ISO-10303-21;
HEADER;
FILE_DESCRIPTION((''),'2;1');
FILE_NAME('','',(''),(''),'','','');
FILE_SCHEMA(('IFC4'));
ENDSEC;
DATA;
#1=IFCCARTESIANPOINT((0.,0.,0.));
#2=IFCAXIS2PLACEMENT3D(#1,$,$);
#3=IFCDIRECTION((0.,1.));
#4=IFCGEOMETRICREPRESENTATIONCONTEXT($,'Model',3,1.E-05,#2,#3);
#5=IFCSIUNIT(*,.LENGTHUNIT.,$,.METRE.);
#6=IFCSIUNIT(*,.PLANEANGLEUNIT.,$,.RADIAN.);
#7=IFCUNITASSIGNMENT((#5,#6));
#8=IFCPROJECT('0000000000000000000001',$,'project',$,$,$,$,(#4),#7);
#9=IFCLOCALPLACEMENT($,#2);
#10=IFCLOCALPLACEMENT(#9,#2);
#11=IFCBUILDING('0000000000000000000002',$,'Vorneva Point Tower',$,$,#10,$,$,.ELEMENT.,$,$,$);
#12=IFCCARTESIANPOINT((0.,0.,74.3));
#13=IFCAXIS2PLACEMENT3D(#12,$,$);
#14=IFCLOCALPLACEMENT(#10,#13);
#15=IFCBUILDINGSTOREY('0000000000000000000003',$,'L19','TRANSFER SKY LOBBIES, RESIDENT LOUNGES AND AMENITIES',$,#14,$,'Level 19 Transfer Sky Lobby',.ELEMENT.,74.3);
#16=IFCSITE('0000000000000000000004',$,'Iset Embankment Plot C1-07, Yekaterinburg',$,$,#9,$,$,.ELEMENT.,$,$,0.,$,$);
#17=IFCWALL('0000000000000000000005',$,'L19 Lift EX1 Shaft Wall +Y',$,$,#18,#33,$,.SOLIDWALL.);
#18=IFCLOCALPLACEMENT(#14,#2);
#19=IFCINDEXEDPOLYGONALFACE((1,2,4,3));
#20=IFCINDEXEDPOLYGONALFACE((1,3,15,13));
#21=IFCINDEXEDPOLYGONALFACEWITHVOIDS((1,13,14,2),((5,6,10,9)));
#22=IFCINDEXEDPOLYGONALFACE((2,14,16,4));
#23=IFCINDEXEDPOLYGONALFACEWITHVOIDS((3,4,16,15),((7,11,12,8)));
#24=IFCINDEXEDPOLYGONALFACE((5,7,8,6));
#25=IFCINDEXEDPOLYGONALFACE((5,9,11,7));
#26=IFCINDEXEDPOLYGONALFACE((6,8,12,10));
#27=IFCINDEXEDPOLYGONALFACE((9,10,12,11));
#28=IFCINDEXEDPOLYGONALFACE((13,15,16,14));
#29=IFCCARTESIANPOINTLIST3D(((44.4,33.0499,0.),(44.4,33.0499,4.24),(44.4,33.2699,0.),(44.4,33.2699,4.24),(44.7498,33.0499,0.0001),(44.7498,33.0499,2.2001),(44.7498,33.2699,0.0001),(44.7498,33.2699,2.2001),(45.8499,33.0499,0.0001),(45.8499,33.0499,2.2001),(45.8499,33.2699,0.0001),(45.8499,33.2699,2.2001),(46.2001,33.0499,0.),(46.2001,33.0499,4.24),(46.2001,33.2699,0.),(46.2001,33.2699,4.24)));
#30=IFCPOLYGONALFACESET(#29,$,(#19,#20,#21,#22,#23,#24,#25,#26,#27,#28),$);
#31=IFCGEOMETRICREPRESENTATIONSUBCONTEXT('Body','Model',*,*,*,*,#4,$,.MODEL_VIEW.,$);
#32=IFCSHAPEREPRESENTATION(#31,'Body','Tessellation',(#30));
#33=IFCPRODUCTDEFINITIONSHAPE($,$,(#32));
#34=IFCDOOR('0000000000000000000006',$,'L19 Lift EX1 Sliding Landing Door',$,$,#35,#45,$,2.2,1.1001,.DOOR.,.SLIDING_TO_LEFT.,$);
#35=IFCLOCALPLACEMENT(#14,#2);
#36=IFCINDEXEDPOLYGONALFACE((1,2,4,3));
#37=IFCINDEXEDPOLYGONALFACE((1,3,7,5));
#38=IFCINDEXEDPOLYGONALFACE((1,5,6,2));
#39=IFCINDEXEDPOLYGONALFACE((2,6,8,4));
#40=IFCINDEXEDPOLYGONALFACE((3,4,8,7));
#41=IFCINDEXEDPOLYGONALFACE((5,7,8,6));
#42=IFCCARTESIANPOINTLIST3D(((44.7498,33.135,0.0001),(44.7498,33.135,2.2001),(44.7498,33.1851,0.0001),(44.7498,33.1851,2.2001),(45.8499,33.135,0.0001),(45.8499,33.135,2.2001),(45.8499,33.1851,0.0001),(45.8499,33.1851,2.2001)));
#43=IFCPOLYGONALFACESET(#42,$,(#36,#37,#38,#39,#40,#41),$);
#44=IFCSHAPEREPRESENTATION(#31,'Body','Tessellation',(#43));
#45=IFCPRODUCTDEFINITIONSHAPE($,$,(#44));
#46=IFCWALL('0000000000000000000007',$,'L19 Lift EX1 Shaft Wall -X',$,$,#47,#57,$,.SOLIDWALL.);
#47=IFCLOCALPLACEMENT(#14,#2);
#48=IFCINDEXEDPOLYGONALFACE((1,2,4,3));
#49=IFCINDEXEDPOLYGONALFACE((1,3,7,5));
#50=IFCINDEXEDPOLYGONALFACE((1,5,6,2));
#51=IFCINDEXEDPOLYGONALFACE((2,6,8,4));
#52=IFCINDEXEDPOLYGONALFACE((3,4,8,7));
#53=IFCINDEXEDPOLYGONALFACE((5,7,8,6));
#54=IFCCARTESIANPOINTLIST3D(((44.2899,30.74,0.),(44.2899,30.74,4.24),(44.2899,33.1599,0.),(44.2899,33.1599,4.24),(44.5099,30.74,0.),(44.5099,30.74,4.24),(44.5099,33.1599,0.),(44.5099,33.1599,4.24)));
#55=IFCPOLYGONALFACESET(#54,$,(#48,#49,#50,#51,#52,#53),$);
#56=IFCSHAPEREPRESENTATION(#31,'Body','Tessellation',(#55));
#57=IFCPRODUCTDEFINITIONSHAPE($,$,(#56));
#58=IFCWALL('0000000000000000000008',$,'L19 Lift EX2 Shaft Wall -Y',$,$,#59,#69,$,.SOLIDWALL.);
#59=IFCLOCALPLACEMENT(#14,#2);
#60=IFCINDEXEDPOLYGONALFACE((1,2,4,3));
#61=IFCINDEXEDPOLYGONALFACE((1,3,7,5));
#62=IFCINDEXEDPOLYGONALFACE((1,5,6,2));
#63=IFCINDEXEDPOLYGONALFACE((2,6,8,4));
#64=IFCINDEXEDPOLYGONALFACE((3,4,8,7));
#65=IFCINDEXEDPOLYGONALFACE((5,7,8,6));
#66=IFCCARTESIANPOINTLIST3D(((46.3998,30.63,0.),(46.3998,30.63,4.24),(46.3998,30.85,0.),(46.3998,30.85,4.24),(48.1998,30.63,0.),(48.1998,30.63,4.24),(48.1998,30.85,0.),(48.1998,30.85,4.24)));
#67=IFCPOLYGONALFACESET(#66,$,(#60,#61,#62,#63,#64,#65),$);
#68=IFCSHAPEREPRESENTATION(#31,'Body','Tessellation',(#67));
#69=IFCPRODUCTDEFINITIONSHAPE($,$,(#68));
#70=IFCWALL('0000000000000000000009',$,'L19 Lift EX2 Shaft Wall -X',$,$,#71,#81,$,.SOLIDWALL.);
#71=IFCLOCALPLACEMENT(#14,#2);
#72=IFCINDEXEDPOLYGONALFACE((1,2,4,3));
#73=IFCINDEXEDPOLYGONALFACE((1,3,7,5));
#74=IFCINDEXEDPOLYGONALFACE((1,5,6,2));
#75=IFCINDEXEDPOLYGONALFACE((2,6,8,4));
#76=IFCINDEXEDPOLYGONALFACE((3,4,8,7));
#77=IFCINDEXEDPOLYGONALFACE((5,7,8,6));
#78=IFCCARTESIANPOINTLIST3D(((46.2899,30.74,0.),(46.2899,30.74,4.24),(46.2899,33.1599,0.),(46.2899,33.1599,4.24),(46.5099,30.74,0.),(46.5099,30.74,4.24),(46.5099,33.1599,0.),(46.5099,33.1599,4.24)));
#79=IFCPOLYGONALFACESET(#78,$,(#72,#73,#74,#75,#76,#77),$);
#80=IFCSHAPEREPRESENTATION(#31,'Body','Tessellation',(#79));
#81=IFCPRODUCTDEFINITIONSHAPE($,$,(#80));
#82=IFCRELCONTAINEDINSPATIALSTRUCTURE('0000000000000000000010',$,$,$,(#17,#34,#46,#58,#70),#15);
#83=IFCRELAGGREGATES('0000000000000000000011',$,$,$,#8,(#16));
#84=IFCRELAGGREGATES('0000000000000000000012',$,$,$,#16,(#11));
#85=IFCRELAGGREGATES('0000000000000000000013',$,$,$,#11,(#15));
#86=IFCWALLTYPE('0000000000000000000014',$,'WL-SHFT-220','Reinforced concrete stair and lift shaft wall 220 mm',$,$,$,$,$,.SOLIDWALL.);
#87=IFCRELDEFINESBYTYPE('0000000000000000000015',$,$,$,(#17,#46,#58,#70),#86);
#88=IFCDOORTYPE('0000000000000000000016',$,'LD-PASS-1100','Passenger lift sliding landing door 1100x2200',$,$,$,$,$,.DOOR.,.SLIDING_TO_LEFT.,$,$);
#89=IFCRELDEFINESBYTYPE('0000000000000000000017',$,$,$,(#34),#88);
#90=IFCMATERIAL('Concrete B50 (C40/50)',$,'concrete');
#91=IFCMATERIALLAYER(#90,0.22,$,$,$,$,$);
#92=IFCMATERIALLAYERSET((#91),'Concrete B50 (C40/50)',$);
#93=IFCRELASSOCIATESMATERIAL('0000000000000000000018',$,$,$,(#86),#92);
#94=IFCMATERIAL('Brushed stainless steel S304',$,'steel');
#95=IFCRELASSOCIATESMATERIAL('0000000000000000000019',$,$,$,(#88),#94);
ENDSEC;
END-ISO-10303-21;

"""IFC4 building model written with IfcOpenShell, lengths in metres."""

from ifc_helpers import new_model, si_unit, direction, frame, frame_2d, origin, place, context, subcontext, project, spatial, rectangle, extrude, material, layer, layer_set, type_object, element, fill, save


model = new_model("IFC4")

# Units and contexts
model_context = context("Model", 3, precision=1e-05, world=origin(), true_north=direction((0.0, 1.0)))
body_context = subcontext(model_context, "Body", "Model", "MODEL_VIEW")
ifc_project = project(units=[si_unit("LENGTHUNIT", "METRE"), si_unit("PLANEANGLEUNIT", "RADIAN")], contexts=[model_context])

# Site, building, storey
site_placement = place(None, origin())
site = spatial("IfcSite", under=ifc_project, at=site_placement, Name="Iset Embankment Plot C1-07, Yekaterinburg", CompositionType="ELEMENT", RefElevation=0.0)
building_placement = place(site_placement, origin())
building = spatial("IfcBuilding", under=site, at=building_placement, Name="Vorneva Point Tower", CompositionType="ELEMENT")
storey_placement = place(building_placement, frame((0.0, 0.0, 74.3)))
storey = spatial("IfcBuildingStorey", under=building, at=storey_placement, Name="L19", Description="TRANSFER SKY LOBBIES, RESIDENT LOUNGES AND AMENITIES", LongName="Level 19 Transfer Sky Lobby", CompositionType="ELEMENT", Elevation=74.3)

# Shared definitions
ifc_material_1 = material(Name="Concrete B50 (C40/50)", Category="concrete")
ifc_layer_1 = layer(ifc_material_1, 0.22)
ifc_layer_set_1 = layer_set([ifc_layer_1], Name="Concrete B50 (C40/50)")
wall_type_1 = type_object("IfcWallType", Name="WL-SHFT-220", Description="Reinforced concrete stair and lift shaft wall 220 mm", PredefinedType="SOLIDWALL", material=ifc_layer_set_1)

# Wall, opening, door
wall_1_placement = place(storey_placement, frame((46.2, 33.1599, 0.0), z_axis=(0.0, 0.0, 1.0), x_axis=(-1.0, 0.0, 0.0)))
wall_1 = element("IfcWall", 1, at=wall_1_placement, inside=storey, type_object=wall_type_1, Name="L19 Lift EX1 Shaft Wall +Y", PredefinedType="SOLIDWALL", context=body_context, shape_type="SweptSolid", body=[
    extrude(rectangle(XDim=1.8, YDim=0.22, at=frame_2d((0.8999, 0.0))), origin(), (0.0, 0.0, 1.0), 4.24),
])
opening_1_placement = place(wall_1_placement, frame((0.3501, 0.0, 0.0)))
opening_1 = element("IfcOpeningElement", 2, at=opening_1_placement, cuts=wall_1, PredefinedType="OPENING", context=body_context, shape_type="SweptSolid", body=[
    extrude(rectangle(XDim=1.1001, YDim=2.2, at=frame_2d((0.55, 1.1001))), frame((0.0, 0.125, 0.0), z_axis=(0.0, -1.0, 0.0), x_axis=(1.0, 0.0, 0.0)), (0.0, 0.0, 1.0), 0.2498),
])
ifc_material_2 = material(Name="Brushed stainless steel S304", Category="steel")
door_type_1 = type_object("IfcDoorType", Name="LD-PASS-1100", Description="Passenger lift sliding landing door 1100x2200", OperationType="SLIDING_TO_LEFT", PredefinedType="DOOR", material=ifc_material_2)
door_1_placement = place(opening_1_placement, origin())
door_1 = element("IfcDoor", 3, at=door_1_placement, inside=storey, type_object=door_type_1, Name="L19 Lift EX1 Sliding Landing Door", OperationType="SLIDING_TO_LEFT", OverallHeight=2.2, OverallWidth=1.1001, PredefinedType="DOOR", context=body_context, shape_type="SweptSolid", body=[
    extrude(rectangle(XDim=1.1001, YDim=2.2, at=frame_2d((0.55, 1.1001))), frame((0.0, 0.0249, 0.0), z_axis=(0.0, -1.0, 0.0), x_axis=(1.0, 0.0, 0.0)), (0.0, 0.0, 1.0), 0.05),
])
fill(opening_1, door_1)

# Walls
wall_2_placement = place(storey_placement, frame((44.3999, 33.1599, 0.0), z_axis=(0.0, 0.0, 1.0), x_axis=(0.0, -1.0, 0.0)))
element("IfcWall", 4, at=wall_2_placement, inside=storey, type_object=wall_type_1, Name="L19 Lift EX1 Shaft Wall -X", PredefinedType="SOLIDWALL", context=body_context, shape_type="SweptSolid", body=[
    extrude(rectangle(XDim=2.4199, YDim=0.22, at=frame_2d((1.21, 0.0))), origin(), (0.0, 0.0, 1.0), 4.24),
])
wall_3_placement = place(storey_placement, frame((46.3999, 30.74, 0.0), z_axis=(0.0, 0.0, 1.0), x_axis=(1.0, 0.0, 0.0)))
element("IfcWall", 5, at=wall_3_placement, inside=storey, type_object=wall_type_1, Name="L19 Lift EX2 Shaft Wall -Y", PredefinedType="SOLIDWALL", context=body_context, shape_type="SweptSolid", body=[
    extrude(rectangle(XDim=1.8, YDim=0.22, at=frame_2d((0.8999, 0.0))), origin(), (0.0, 0.0, 1.0), 4.24),
])
wall_4_placement = place(storey_placement, frame((46.3999, 33.1599, 0.0), z_axis=(0.0, 0.0, 1.0), x_axis=(0.0, -1.0, 0.0)))
element("IfcWall", 6, at=wall_4_placement, inside=storey, type_object=wall_type_1, Name="L19 Lift EX2 Shaft Wall -X", PredefinedType="SOLIDWALL", context=body_context, shape_type="SweptSolid", body=[
    extrude(rectangle(XDim=2.4199, YDim=0.22, at=frame_2d((1.21, 0.0))), origin(), (0.0, 0.0, 1.0), 4.24),
])

save(model, "model.ifc")
